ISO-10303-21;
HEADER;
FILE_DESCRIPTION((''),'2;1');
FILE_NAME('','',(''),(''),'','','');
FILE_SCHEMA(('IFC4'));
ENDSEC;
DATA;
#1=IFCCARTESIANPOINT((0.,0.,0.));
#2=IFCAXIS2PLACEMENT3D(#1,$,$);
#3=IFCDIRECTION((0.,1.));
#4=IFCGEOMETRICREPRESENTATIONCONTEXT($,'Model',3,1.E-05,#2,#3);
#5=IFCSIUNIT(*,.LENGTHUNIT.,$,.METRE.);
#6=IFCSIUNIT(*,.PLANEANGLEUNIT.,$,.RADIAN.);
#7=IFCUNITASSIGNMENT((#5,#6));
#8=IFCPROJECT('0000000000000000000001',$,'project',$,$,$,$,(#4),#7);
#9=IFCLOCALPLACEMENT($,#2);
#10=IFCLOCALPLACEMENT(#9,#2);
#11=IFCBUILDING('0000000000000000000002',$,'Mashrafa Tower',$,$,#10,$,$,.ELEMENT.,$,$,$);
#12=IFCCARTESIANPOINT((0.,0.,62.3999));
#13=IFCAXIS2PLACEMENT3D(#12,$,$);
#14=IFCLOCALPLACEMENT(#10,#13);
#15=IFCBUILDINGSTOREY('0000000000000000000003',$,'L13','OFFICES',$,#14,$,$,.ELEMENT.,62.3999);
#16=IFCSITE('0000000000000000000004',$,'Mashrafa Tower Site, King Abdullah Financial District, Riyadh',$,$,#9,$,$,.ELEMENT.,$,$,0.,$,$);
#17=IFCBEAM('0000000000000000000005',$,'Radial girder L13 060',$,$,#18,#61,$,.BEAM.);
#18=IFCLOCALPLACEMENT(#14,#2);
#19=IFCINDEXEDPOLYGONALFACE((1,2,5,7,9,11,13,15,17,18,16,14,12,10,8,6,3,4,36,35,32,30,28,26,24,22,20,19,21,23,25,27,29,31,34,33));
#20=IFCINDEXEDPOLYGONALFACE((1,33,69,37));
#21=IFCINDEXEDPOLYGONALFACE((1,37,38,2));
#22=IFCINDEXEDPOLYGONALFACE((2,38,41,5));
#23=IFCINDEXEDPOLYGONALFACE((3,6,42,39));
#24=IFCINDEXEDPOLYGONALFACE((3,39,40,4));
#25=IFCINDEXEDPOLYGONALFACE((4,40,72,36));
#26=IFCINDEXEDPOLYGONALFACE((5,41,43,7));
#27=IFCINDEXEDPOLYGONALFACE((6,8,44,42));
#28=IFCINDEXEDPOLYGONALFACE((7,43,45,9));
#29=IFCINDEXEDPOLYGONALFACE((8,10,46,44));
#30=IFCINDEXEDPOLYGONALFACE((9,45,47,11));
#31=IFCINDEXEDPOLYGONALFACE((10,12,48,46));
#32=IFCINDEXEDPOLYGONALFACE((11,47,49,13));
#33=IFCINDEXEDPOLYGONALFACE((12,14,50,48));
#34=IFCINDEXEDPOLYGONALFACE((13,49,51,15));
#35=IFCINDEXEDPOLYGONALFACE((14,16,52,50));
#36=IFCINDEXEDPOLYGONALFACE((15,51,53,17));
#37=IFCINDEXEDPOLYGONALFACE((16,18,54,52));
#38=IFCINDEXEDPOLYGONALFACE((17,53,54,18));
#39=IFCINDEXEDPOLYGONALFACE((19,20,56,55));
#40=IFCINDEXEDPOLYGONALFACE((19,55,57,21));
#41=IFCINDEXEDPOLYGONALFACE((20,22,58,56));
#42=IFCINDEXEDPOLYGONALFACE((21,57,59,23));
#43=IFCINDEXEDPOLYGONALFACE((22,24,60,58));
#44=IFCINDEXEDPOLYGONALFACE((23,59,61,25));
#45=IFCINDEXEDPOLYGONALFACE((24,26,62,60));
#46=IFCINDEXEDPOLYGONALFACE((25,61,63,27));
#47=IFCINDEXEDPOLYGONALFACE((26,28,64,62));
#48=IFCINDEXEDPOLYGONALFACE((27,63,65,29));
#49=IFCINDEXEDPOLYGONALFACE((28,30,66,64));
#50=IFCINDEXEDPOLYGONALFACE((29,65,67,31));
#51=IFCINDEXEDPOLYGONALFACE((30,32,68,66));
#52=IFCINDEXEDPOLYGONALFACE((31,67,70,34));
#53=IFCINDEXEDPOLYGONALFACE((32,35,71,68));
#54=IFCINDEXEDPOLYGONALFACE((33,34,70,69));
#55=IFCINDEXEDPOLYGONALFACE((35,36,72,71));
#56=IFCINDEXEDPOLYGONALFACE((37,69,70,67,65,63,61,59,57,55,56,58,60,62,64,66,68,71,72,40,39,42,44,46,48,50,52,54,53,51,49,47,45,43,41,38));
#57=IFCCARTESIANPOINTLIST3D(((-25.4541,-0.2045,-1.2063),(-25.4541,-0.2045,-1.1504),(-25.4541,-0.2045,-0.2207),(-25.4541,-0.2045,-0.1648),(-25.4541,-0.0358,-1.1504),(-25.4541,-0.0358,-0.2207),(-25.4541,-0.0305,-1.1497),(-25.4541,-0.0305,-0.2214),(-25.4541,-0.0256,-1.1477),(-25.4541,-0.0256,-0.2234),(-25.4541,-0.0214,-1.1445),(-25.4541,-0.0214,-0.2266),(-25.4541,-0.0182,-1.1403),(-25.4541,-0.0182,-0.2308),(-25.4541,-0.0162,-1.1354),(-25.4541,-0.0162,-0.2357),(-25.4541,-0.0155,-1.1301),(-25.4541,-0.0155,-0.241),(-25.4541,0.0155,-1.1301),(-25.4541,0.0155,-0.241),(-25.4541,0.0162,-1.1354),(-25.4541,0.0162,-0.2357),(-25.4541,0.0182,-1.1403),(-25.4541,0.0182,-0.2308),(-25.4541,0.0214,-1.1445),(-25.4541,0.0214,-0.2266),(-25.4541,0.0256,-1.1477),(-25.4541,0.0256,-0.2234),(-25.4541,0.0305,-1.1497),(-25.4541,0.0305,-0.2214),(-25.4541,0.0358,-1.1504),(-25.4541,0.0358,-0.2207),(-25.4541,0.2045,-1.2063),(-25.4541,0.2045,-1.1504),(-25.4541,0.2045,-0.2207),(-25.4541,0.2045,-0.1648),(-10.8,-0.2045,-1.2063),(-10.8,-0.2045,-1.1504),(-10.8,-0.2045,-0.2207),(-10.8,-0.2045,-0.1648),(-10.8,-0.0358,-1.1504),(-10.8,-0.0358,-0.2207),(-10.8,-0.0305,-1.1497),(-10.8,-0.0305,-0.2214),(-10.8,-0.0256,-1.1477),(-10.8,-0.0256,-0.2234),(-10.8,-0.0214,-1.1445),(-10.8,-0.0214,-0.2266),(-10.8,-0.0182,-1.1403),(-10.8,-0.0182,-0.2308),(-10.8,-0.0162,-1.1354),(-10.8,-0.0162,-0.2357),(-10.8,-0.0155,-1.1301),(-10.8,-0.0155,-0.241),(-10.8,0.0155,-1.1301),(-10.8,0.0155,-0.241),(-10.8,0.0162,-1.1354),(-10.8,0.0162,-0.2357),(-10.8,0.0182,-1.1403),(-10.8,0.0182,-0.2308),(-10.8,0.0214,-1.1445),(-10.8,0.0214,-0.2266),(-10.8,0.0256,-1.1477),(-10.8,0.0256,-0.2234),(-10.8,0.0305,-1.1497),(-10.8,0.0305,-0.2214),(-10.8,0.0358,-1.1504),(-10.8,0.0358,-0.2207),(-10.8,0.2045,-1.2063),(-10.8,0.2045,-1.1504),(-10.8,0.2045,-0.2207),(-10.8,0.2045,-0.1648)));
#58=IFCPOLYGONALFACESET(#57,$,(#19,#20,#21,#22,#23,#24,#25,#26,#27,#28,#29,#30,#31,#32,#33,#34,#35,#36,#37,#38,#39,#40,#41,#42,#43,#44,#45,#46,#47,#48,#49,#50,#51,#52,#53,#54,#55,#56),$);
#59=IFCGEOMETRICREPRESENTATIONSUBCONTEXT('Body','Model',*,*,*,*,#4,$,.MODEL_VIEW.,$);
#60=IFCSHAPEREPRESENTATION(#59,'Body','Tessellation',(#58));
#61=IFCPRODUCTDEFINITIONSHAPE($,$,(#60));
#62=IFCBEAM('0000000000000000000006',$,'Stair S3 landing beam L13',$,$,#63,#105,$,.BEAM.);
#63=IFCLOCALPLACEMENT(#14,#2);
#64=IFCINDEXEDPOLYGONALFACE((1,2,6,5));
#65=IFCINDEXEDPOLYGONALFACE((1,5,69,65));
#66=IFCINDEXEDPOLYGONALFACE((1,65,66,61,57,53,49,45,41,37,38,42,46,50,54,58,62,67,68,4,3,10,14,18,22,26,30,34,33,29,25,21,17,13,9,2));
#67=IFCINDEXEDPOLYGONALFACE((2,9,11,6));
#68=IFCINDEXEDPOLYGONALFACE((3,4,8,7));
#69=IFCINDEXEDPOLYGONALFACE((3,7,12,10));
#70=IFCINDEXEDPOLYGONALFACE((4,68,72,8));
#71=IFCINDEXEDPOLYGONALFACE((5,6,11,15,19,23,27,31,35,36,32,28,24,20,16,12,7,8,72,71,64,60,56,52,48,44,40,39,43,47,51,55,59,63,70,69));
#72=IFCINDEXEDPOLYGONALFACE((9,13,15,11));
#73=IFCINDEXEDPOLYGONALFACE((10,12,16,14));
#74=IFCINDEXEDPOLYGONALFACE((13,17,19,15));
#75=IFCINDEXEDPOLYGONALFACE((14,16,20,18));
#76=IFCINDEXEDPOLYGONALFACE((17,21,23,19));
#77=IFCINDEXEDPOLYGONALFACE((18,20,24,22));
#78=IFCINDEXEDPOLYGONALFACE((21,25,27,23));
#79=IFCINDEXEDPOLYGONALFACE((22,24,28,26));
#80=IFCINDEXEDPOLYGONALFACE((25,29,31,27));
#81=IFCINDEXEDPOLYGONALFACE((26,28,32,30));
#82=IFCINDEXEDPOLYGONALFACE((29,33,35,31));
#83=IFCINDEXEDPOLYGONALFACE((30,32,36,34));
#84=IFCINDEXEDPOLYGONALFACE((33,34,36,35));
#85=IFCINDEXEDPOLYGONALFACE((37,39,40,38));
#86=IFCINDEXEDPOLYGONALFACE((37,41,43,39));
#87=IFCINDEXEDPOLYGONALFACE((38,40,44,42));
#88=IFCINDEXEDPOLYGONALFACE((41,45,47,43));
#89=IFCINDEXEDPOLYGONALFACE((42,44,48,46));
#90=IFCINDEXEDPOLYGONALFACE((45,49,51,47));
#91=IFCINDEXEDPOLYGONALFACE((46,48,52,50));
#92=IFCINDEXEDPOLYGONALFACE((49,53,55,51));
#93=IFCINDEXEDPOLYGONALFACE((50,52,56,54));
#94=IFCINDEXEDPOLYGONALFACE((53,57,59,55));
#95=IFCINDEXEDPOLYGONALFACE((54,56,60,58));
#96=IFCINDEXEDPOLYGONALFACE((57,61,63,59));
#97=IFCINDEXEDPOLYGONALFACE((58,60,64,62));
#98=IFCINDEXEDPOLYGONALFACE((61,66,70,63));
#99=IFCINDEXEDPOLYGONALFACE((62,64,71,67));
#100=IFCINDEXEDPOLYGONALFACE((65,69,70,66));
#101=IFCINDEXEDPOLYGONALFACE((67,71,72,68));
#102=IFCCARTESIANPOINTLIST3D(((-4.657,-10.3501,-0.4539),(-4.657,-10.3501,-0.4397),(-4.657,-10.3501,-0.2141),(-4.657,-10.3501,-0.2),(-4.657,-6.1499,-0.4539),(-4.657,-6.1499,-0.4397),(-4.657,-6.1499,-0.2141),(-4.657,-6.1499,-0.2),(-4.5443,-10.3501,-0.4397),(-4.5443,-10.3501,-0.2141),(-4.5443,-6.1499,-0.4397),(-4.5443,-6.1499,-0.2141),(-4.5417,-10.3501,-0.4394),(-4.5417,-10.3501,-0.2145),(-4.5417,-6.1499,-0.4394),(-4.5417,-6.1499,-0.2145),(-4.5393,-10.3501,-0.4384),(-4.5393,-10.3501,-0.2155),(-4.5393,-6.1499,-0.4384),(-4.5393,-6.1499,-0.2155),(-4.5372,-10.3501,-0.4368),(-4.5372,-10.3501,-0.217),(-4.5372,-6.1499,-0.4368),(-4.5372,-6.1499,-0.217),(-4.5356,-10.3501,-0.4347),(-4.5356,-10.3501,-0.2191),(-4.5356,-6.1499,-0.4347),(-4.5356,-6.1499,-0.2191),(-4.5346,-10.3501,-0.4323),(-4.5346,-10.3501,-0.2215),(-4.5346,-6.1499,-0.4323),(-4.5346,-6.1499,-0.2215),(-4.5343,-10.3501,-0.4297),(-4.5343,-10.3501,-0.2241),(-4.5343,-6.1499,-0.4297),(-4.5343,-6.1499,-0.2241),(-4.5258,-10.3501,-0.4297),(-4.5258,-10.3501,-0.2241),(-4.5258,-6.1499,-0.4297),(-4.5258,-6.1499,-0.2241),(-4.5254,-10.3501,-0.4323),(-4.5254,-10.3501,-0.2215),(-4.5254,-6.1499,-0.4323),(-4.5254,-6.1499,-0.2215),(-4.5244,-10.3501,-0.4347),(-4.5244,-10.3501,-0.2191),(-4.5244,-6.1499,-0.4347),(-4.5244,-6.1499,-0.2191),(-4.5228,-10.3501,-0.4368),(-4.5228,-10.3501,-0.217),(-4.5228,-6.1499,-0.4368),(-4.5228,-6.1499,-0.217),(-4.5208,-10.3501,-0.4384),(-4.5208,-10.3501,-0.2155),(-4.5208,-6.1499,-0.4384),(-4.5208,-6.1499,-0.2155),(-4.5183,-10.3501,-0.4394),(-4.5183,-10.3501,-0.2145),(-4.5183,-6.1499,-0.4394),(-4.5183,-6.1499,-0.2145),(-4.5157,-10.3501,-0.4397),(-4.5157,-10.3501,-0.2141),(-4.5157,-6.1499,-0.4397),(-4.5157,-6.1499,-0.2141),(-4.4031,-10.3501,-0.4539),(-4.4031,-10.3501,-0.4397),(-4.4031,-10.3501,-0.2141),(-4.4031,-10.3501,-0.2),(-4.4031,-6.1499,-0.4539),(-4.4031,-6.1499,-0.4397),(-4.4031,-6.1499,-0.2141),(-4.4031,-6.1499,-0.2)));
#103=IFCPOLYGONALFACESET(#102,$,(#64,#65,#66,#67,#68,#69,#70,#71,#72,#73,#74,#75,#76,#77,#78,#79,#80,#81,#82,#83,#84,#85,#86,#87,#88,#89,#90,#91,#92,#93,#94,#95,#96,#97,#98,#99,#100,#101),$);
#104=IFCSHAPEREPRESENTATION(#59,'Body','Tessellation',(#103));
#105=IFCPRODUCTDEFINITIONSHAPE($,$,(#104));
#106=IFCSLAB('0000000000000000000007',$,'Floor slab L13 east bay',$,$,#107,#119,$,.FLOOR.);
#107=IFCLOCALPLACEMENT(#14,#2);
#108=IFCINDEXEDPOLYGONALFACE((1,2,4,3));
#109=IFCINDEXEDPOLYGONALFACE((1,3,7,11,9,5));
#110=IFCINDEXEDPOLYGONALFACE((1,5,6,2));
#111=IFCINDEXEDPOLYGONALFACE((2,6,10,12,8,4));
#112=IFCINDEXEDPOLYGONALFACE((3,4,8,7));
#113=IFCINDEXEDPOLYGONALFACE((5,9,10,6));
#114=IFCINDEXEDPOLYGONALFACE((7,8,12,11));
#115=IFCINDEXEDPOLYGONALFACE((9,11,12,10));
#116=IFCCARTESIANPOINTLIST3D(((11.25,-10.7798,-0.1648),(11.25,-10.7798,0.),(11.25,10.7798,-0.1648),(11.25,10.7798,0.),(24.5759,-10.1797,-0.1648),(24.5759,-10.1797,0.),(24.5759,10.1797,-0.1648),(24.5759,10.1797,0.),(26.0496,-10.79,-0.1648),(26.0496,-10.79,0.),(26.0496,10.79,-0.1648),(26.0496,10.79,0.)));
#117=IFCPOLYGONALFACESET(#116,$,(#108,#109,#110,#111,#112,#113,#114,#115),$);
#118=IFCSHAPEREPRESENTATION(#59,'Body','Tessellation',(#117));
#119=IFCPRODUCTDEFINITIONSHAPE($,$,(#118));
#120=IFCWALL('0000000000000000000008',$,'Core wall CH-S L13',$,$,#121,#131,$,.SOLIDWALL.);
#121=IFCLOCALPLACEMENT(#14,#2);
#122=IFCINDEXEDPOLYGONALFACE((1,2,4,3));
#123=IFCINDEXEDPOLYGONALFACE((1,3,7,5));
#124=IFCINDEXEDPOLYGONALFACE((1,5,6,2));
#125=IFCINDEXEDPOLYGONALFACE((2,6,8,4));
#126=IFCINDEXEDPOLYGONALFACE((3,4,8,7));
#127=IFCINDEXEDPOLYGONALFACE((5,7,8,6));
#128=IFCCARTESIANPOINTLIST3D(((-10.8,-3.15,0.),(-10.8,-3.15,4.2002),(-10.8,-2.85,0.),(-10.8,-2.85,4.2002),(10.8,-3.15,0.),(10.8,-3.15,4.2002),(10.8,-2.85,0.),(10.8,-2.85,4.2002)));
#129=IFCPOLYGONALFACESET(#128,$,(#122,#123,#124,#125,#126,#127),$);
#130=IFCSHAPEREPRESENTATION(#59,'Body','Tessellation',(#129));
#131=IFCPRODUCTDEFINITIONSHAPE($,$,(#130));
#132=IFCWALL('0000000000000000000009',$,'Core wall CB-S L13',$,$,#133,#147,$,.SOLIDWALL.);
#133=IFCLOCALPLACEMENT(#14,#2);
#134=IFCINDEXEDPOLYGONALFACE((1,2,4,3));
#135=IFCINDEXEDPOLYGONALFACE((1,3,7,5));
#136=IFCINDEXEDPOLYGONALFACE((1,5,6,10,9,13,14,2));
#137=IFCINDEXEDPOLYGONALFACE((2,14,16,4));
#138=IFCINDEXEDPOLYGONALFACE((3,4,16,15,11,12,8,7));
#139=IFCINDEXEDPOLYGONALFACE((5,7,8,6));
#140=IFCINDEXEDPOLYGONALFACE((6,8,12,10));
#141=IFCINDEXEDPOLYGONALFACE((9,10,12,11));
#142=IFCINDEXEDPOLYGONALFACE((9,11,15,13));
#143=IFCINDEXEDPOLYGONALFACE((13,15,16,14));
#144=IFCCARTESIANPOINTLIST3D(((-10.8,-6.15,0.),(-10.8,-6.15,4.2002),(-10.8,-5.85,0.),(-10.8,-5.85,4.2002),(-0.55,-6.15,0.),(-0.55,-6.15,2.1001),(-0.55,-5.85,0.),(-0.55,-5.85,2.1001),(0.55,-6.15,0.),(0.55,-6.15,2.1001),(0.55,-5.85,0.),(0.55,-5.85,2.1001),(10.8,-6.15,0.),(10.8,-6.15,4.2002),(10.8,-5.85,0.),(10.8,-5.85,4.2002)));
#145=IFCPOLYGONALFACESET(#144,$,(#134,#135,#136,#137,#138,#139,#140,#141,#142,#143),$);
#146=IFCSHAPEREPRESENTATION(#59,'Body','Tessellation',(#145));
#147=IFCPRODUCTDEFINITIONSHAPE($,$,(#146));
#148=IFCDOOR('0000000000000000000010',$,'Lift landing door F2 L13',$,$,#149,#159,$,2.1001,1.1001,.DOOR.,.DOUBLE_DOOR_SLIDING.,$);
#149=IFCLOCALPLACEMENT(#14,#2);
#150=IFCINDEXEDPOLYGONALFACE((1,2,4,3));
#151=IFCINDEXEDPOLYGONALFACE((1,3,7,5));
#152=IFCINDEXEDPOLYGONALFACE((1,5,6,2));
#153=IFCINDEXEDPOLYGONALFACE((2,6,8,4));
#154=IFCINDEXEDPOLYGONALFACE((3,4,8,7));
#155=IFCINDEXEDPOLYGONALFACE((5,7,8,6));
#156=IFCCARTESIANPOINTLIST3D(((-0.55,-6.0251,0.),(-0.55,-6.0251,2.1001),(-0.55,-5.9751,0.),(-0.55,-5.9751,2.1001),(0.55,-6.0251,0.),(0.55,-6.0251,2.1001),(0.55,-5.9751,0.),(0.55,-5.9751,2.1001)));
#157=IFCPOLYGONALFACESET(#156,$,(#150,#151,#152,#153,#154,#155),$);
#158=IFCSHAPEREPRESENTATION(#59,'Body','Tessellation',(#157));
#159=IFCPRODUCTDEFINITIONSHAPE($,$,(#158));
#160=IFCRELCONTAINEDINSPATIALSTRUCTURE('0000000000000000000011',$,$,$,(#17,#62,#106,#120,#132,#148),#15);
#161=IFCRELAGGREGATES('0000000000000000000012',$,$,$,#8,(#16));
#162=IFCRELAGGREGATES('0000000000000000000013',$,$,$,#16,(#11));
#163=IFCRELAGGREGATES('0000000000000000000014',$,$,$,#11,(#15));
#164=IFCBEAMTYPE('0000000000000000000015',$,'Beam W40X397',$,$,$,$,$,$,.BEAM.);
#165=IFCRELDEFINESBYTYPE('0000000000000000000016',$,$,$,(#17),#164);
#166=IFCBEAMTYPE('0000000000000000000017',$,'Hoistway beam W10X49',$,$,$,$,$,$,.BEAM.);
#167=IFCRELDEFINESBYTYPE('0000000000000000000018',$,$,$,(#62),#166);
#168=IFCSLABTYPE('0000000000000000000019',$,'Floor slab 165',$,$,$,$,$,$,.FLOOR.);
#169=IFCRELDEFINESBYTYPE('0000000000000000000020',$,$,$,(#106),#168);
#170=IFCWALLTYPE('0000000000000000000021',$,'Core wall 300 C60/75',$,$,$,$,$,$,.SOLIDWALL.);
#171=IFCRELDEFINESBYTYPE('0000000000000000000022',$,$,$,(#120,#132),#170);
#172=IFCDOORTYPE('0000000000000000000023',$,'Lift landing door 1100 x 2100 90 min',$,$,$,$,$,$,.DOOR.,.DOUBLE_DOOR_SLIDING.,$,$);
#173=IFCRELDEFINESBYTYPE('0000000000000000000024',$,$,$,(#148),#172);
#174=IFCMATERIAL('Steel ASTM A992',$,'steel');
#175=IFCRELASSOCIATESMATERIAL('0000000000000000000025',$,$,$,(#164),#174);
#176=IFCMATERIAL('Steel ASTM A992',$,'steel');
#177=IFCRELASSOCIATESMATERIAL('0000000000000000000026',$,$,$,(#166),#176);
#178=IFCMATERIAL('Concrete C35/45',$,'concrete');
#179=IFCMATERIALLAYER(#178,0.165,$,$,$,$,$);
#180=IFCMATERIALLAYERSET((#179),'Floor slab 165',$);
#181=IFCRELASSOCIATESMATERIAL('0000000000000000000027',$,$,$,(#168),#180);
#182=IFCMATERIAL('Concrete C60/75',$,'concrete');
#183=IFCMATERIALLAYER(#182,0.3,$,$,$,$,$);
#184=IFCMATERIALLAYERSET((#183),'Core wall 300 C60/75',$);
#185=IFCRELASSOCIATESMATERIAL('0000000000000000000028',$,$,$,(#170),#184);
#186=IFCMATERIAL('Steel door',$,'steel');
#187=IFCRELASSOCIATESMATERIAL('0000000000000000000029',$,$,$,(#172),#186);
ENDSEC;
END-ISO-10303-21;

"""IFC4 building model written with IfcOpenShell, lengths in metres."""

from ifc_helpers import new_model, si_unit, direction, frame, frame_2d, origin, origin_2d, place, context, subcontext, project, spatial, polyline, rectangle, i_section, outline, extrude, material, layer, layer_set, material_profile, profile_set, type_object, element, fill, save


model = new_model("IFC4")

# Units and contexts
model_context = context("Model", 3, precision=1e-05, world=origin(), true_north=direction((0.0, 1.0)))
body_context = subcontext(model_context, "Body", "Model", "MODEL_VIEW")
ifc_project = project(units=[si_unit("LENGTHUNIT", "METRE"), si_unit("PLANEANGLEUNIT", "RADIAN")], contexts=[model_context])

# Site, building, storey
site_placement = place(None, origin())
site = spatial("IfcSite", under=ifc_project, at=site_placement, Name="Mashrafa Tower Site, King Abdullah Financial District, Riyadh", CompositionType="ELEMENT", RefElevation=0.0)
building_placement = place(site_placement, origin())
building = spatial("IfcBuilding", under=site, at=building_placement, Name="Mashrafa Tower", CompositionType="ELEMENT")
storey_placement = place(building_placement, frame((0.0, 0.0, 62.3999)))
storey = spatial("IfcBuildingStorey", under=building, at=storey_placement, Name="L13", Description="OFFICES", CompositionType="ELEMENT", Elevation=62.3999)

# Beams
ifc_material_1 = material(Name="Steel ASTM A992", Category="steel")
ifc_material_profile_1 = material_profile(ifc_material_1, i_section(OverallWidth=0.4089, OverallDepth=1.0415, WebThickness=0.031, FlangeThickness=0.0559, FilletRadius=0.0203, at=origin_2d()), Name="W40X397")
ifc_profile_set_1 = profile_set([ifc_material_profile_1], Name="Steel ASTM A992")
beam_type_1 = type_object("IfcBeamType", Name="Beam W40X397", PredefinedType="BEAM", material=ifc_profile_set_1)
beam_1_placement = place(storey_placement, frame((-10.8, 0.0, -0.6855), z_axis=(-1.0, 0.0, 0.0), x_axis=(0.0, -1.0, 0.0)))
element("IfcBeam", 1, at=beam_1_placement, inside=storey, type_object=beam_type_1, Name="Radial girder L13 060", PredefinedType="BEAM", context=body_context, shape_type="SweptSolid", body=[
    extrude(i_section(OverallWidth=0.4089, OverallDepth=1.0415, WebThickness=0.031, FlangeThickness=0.0559, FilletRadius=0.0203, at=origin_2d()), origin(), (0.0, 0.0, 1.0), 14.6541),
])
ifc_material_2 = material(Name="Steel ASTM A992", Category="steel")
ifc_material_profile_2 = material_profile(ifc_material_2, i_section(OverallWidth=0.2539, OverallDepth=0.2539, WebThickness=0.0085, FlangeThickness=0.0142, FilletRadius=0.01, at=origin_2d()), Name="W10X49")
ifc_profile_set_2 = profile_set([ifc_material_profile_2], Name="Steel ASTM A992")
beam_type_2 = type_object("IfcBeamType", Name="Hoistway beam W10X49", PredefinedType="BEAM", material=ifc_profile_set_2)
beam_2_placement = place(storey_placement, frame((-4.53, -10.3501, -0.3269), z_axis=(0.0, 1.0, 0.0), x_axis=(-1.0, 0.0, 0.0)))
element("IfcBeam", 2, at=beam_2_placement, inside=storey, type_object=beam_type_2, Name="Stair S3 landing beam L13", PredefinedType="BEAM", context=body_context, shape_type="SweptSolid", body=[
    extrude(i_section(OverallWidth=0.2539, OverallDepth=0.2539, WebThickness=0.0085, FlangeThickness=0.0142, FilletRadius=0.01, at=origin_2d()), origin(), (0.0, 0.0, 1.0), 4.2002),
])

# Slab
ifc_material_3 = material(Name="Concrete C35/45", Category="concrete")
ifc_layer_1 = layer(ifc_material_3, 0.165)
ifc_layer_set_1 = layer_set([ifc_layer_1], Name="Floor slab 165")
slab_type = type_object("IfcSlabType", Name="Floor slab 165", PredefinedType="FLOOR", material=ifc_layer_set_1)
slab_placement = place(storey_placement, frame((0.0, 0.0, -0.1648)))
element("IfcSlab", 3, at=slab_placement, inside=storey, type_object=slab_type, Name="Floor slab L13 east bay", PredefinedType="FLOOR", context=body_context, shape_type="SweptSolid", body=[
    extrude(outline(polyline([(26.0496, -10.79), (24.5759, -10.1797), (11.25, -10.7798), (11.25, 10.7798), (24.5759, 10.1797), (26.0496, 10.79), (26.0496, -10.79)])), origin(), (0.0, 0.0, 1.0), 0.1648),
])

# Wall
ifc_material_4 = material(Name="Concrete C60/75", Category="concrete")
ifc_layer_2 = layer(ifc_material_4, 0.3)
ifc_layer_set_2 = layer_set([ifc_layer_2], Name="Core wall 300 C60/75")
wall_type_1 = type_object("IfcWallType", Name="Core wall 300 C60/75", PredefinedType="SOLIDWALL", material=ifc_layer_set_2)
wall_1_placement = place(storey_placement, frame((-10.8, -3.0, 0.0), z_axis=(0.0, 0.0, 1.0), x_axis=(1.0, 0.0, 0.0)))
element("IfcWall", 4, at=wall_1_placement, inside=storey, type_object=wall_type_1, Name="Core wall CH-S L13", PredefinedType="SOLIDWALL", context=body_context, shape_type="SweptSolid", body=[
    extrude(rectangle(XDim=21.6001, YDim=0.3, at=frame_2d((10.8, 0.0))), origin(), (0.0, 0.0, 1.0), 4.2002),
])

# Wall, opening, door
wall_2_placement = place(storey_placement, frame((-10.8, -6.0, 0.0), z_axis=(0.0, 0.0, 1.0), x_axis=(1.0, 0.0, 0.0)))
wall_2 = element("IfcWall", 5, at=wall_2_placement, inside=storey, type_object=wall_type_1, Name="Core wall CB-S L13", PredefinedType="SOLIDWALL", context=body_context, shape_type="SweptSolid", body=[
    extrude(rectangle(XDim=21.6001, YDim=0.3, at=frame_2d((10.8, 0.0))), origin(), (0.0, 0.0, 1.0), 4.2002),
])
opening_1_placement = place(wall_2_placement, frame((10.25, 0.0, 0.0)))
opening_1 = element("IfcOpeningElement", 6, at=opening_1_placement, cuts=wall_2, PredefinedType="OPENING", context=body_context, shape_type="SweptSolid", body=[
    extrude(rectangle(XDim=1.1001, YDim=2.1001, at=frame_2d((0.55, 1.05))), frame((0.0, 0.1599, 0.0), z_axis=(0.0, -1.0, 0.0), x_axis=(1.0, 0.0, 0.0)), (0.0, 0.0, 1.0), 0.3201),
])
ifc_material_5 = material(Name="Steel door", Category="steel")
door_type_1 = type_object("IfcDoorType", Name="Lift landing door 1100 x 2100 90 min", OperationType="DOUBLE_DOOR_SLIDING", PredefinedType="DOOR", material=ifc_material_5)
door_1_placement = place(opening_1_placement, origin())
door_1 = element("IfcDoor", 7, at=door_1_placement, inside=storey, type_object=door_type_1, Name="Lift landing door F2 L13", OperationType="DOUBLE_DOOR_SLIDING", OverallHeight=2.1001, OverallWidth=1.1001, PredefinedType="DOOR", context=body_context, shape_type="SweptSolid", body=[
    extrude(rectangle(XDim=1.1001, YDim=2.1001, at=frame_2d((0.55, 1.05))), frame((0.0, 0.0249, 0.0), z_axis=(0.0, -1.0, 0.0), x_axis=(1.0, 0.0, 0.0)), (0.0, 0.0, 1.0), 0.05),
])
fill(opening_1, door_1)

save(model, "model.ifc")
